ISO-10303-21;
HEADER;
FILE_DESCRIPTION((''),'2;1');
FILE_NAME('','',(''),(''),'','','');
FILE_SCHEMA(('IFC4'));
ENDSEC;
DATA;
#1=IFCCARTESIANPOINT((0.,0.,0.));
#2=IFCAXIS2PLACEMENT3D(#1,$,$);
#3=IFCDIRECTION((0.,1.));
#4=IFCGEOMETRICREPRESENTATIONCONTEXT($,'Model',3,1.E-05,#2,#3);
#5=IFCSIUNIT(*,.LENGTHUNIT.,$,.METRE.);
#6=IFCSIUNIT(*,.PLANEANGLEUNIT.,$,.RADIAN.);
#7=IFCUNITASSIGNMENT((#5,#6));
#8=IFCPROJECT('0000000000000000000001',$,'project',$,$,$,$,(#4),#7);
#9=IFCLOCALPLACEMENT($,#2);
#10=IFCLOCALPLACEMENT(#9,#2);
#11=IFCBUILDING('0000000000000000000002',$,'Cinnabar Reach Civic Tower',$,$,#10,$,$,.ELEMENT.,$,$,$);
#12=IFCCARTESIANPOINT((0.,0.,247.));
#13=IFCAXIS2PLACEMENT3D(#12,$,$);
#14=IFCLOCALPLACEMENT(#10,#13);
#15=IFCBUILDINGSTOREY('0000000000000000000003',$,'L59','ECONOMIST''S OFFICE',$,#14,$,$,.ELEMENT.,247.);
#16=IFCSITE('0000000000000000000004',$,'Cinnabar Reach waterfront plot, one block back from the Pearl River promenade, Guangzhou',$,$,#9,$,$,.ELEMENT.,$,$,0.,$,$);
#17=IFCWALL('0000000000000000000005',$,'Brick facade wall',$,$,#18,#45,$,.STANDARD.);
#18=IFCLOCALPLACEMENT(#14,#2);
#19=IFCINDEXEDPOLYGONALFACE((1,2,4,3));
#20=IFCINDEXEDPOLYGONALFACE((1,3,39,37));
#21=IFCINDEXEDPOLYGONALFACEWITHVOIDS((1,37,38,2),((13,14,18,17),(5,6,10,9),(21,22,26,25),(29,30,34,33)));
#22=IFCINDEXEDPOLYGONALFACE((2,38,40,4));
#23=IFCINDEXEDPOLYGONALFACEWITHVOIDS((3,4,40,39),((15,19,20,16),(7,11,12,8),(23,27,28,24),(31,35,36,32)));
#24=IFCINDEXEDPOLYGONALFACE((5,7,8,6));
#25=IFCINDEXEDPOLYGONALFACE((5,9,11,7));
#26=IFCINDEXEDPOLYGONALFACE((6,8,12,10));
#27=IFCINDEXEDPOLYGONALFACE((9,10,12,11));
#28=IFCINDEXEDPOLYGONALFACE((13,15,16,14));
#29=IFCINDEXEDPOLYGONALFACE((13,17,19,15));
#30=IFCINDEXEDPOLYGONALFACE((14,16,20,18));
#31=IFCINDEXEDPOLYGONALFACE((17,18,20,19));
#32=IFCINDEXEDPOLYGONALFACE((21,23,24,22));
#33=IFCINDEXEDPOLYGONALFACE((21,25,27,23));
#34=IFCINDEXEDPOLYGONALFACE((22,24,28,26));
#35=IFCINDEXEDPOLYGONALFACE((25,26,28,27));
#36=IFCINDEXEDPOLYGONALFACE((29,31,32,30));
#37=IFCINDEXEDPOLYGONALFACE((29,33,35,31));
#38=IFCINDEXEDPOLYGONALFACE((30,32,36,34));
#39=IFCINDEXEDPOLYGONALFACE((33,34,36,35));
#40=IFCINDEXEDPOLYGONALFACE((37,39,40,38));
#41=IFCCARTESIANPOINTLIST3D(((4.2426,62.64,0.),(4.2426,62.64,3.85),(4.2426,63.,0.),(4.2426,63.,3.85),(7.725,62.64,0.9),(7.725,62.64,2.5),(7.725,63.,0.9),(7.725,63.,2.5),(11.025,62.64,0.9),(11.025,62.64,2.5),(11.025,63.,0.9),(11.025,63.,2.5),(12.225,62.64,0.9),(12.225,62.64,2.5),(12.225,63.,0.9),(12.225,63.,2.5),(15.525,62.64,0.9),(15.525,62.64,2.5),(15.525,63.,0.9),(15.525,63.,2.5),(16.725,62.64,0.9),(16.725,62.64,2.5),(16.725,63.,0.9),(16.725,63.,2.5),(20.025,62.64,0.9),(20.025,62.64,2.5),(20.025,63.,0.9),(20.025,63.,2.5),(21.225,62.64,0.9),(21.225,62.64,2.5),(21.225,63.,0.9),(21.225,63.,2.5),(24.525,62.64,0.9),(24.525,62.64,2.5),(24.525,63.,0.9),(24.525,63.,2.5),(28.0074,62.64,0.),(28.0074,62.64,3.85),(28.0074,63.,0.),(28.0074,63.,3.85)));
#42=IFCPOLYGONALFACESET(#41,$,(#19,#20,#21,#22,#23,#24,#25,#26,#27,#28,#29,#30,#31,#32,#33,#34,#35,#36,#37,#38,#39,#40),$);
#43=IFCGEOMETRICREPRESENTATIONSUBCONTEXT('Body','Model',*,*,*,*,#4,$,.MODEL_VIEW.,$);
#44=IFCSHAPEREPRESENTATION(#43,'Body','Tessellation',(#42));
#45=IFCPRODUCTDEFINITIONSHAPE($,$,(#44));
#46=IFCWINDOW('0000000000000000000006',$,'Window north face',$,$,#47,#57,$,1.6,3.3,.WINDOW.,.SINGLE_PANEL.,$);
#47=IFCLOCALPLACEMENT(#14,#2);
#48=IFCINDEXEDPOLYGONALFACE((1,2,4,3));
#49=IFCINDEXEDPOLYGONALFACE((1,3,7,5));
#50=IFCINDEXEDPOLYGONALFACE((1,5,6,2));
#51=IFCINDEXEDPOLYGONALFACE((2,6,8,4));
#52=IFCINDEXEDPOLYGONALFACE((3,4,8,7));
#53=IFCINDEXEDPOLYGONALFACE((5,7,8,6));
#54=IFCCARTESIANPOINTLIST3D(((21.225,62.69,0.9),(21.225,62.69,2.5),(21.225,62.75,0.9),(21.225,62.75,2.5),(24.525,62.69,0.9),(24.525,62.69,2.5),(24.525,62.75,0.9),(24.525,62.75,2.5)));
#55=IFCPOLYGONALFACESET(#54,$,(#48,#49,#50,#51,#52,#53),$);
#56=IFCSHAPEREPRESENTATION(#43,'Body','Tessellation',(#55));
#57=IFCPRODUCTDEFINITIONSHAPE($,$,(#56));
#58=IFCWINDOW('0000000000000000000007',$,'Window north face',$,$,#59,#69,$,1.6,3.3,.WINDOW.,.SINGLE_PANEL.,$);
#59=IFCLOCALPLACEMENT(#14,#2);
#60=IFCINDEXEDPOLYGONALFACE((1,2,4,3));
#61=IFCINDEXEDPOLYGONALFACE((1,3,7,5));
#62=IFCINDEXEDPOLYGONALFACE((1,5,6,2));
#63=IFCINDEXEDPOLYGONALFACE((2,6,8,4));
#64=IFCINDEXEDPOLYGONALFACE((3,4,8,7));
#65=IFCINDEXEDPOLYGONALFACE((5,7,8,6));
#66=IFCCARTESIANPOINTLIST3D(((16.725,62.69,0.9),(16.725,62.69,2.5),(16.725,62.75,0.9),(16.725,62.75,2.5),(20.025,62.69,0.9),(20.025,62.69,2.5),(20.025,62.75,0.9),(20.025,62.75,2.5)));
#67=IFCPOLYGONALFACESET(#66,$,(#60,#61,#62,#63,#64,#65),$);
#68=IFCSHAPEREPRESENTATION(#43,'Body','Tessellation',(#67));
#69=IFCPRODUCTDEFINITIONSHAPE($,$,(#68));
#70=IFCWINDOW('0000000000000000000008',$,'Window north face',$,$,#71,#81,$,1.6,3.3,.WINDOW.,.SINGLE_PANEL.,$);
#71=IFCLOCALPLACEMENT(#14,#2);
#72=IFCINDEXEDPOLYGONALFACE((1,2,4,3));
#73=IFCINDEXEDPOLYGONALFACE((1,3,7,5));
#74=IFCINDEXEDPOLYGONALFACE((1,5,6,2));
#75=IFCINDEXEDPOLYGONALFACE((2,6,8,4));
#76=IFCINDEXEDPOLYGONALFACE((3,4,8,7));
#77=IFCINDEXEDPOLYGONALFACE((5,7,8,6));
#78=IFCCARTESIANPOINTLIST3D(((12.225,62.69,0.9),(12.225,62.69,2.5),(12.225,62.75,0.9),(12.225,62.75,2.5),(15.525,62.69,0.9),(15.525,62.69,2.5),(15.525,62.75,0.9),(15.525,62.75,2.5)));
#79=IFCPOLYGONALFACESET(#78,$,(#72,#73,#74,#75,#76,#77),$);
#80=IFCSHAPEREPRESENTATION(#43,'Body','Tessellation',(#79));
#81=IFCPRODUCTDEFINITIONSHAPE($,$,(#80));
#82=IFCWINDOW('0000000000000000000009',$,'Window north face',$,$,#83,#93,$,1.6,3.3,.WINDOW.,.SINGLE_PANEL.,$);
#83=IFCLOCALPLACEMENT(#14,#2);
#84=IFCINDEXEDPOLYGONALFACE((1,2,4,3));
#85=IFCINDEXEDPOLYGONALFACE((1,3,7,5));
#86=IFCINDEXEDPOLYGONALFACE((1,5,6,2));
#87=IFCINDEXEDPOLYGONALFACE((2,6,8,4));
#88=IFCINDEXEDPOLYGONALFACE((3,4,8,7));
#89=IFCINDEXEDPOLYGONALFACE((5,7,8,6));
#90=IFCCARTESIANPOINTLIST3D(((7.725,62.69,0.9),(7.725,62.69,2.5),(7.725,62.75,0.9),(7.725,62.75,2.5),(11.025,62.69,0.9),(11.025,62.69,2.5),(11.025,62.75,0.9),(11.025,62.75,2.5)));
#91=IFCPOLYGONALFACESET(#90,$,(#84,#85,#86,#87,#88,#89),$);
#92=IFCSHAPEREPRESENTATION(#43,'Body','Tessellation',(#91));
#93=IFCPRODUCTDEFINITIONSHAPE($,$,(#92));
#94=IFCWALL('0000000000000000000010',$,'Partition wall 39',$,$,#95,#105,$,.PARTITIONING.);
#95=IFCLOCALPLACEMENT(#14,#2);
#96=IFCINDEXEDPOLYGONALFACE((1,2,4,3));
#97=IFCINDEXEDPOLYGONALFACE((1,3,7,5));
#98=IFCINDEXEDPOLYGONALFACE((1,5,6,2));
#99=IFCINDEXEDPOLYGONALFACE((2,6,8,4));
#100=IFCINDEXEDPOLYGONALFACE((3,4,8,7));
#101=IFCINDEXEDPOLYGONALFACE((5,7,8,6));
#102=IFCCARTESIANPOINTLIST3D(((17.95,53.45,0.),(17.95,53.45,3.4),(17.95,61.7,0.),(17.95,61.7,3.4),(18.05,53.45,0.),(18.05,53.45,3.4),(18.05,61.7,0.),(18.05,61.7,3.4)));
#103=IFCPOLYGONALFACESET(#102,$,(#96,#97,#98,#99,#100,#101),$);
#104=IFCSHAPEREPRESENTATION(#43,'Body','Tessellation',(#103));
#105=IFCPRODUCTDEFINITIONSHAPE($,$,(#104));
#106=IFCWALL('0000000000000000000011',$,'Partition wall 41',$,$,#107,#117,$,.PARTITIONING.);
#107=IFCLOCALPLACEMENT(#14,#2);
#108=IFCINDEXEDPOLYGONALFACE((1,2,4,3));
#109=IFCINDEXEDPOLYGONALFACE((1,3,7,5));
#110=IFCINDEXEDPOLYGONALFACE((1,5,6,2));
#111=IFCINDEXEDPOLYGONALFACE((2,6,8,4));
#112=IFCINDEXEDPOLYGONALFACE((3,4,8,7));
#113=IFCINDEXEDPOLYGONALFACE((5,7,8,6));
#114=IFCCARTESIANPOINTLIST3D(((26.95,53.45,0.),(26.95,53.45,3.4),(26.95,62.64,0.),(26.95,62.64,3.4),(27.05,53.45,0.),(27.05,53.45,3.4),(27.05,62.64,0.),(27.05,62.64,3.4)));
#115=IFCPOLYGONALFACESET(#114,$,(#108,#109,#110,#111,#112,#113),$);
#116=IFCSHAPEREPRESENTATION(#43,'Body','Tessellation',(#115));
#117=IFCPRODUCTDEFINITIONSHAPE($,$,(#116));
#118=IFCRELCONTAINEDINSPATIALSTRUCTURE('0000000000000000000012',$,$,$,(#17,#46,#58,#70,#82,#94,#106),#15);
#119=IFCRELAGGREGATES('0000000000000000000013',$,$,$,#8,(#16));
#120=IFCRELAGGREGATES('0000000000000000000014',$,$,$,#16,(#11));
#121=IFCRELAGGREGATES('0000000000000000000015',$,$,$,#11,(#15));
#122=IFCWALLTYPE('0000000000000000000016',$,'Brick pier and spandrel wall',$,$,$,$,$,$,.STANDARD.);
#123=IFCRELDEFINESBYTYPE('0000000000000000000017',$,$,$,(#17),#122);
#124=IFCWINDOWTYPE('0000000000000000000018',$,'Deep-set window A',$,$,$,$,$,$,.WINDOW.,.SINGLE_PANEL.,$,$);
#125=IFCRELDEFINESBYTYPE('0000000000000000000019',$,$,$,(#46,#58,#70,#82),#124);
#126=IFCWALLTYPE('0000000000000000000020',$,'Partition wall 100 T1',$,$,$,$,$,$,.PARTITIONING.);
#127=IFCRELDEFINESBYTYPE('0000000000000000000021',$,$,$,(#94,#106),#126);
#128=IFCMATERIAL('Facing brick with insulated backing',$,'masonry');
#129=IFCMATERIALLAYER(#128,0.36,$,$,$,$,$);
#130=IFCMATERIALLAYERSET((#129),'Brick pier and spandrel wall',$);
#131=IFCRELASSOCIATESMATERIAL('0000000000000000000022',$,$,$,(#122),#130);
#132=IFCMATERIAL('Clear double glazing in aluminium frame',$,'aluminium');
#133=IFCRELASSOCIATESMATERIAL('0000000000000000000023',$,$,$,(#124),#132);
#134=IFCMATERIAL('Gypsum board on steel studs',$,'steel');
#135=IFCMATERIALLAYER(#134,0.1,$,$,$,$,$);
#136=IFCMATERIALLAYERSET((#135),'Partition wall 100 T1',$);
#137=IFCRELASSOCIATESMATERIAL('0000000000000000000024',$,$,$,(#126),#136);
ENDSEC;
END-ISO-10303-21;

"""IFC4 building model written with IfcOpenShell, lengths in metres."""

from ifc_helpers import new_model, si_unit, direction, frame, frame_2d, origin, place, context, subcontext, project, spatial, rectangle, extrude, material, layer, layer_set, type_object, element, fill, save


model = new_model("IFC4")

# Units and contexts
model_context = context("Model", 3, precision=1e-05, world=origin(), true_north=direction((0.0, 1.0)))
body_context = subcontext(model_context, "Body", "Model", "MODEL_VIEW")
ifc_project = project(units=[si_unit("LENGTHUNIT", "METRE"), si_unit("PLANEANGLEUNIT", "RADIAN")], contexts=[model_context])

# Site, building, storey
site_placement = place(None, origin())
site = spatial("IfcSite", under=ifc_project, at=site_placement, Name="Cinnabar Reach waterfront plot, one block back from the Pearl River promenade, Guangzhou", CompositionType="ELEMENT", RefElevation=0.0)
building_placement = place(site_placement, origin())
building = spatial("IfcBuilding", under=site, at=building_placement, Name="Cinnabar Reach Civic Tower", CompositionType="ELEMENT")
storey_placement = place(building_placement, frame((0.0, 0.0, 247.0)))
storey = spatial("IfcBuildingStorey", under=building, at=storey_placement, Name="L59", Description="ECONOMIST'S OFFICE", CompositionType="ELEMENT", Elevation=247.0)

# Shared definitions
ifc_material_1 = material(Name="Facing brick with insulated backing", Category="masonry")

# Wall, openings, windows
ifc_layer_1 = layer(ifc_material_1, 0.36)
ifc_layer_set_1 = layer_set([ifc_layer_1], Name="Brick pier and spandrel wall")
wall_type_1 = type_object("IfcWallType", Name="Brick pier and spandrel wall", PredefinedType="STANDARD", material=ifc_layer_set_1)
wall_1_placement = place(storey_placement, frame((28.0074, 62.82, 0.0), z_axis=(0.0, 0.0, 1.0), x_axis=(-1.0, 0.0, 0.0)))
wall_1 = element("IfcWall", 1, at=wall_1_placement, inside=storey, type_object=wall_type_1, Name="Brick facade wall", PredefinedType="STANDARD", context=body_context, shape_type="SweptSolid", body=[
    extrude(rectangle(XDim=23.7648, YDim=0.36, at=frame_2d((11.8824, 0.0))), origin(), (0.0, 0.0, 1.0), 3.85),
])
opening_1_placement = place(wall_1_placement, frame((3.4824, 0.0, 0.9)))
opening_1 = element("IfcOpeningElement", 2, at=opening_1_placement, cuts=wall_1, PredefinedType="OPENING", context=body_context, shape_type="SweptSolid", body=[
    extrude(rectangle(XDim=3.3, YDim=1.6, at=frame_2d((1.65, 0.8))), frame((0.0, 0.19, 0.0), z_axis=(0.0, -1.0, 0.0), x_axis=(1.0, 0.0, 0.0)), (0.0, 0.0, 1.0), 0.38),
])
opening_2_placement = place(wall_1_placement, frame((7.9824, 0.0, 0.9)))
opening_2 = element("IfcOpeningElement", 3, at=opening_2_placement, cuts=wall_1, PredefinedType="OPENING", context=body_context, shape_type="SweptSolid", body=[
    extrude(rectangle(XDim=3.3, YDim=1.6, at=frame_2d((1.65, 0.8))), frame((0.0, 0.19, 0.0), z_axis=(0.0, -1.0, 0.0), x_axis=(1.0, 0.0, 0.0)), (0.0, 0.0, 1.0), 0.38),
])
opening_3_placement = place(wall_1_placement, frame((12.4824, 0.0, 0.9)))
opening_3 = element("IfcOpeningElement", 4, at=opening_3_placement, cuts=wall_1, PredefinedType="OPENING", context=body_context, shape_type="SweptSolid", body=[
    extrude(rectangle(XDim=3.3, YDim=1.6, at=frame_2d((1.65, 0.8))), frame((0.0, 0.19, 0.0), z_axis=(0.0, -1.0, 0.0), x_axis=(1.0, 0.0, 0.0)), (0.0, 0.0, 1.0), 0.38),
])
opening_4_placement = place(wall_1_placement, frame((16.9824, 0.0, 0.9)))
opening_4 = element("IfcOpeningElement", 5, at=opening_4_placement, cuts=wall_1, PredefinedType="OPENING", context=body_context, shape_type="SweptSolid", body=[
    extrude(rectangle(XDim=3.3, YDim=1.6, at=frame_2d((1.65, 0.8))), frame((0.0, 0.19, 0.0), z_axis=(0.0, -1.0, 0.0), x_axis=(1.0, 0.0, 0.0)), (0.0, 0.0, 1.0), 0.38),
])
ifc_material_2 = material(Name="Clear double glazing in aluminium frame", Category="aluminium")
window_type = type_object("IfcWindowType", Name="Deep-set window A", PartitioningType="SINGLE_PANEL", PredefinedType="WINDOW", material=ifc_material_2)
window_1_placement = place(opening_1_placement, origin())
window_1 = element("IfcWindow", 6, at=window_1_placement, inside=storey, type_object=window_type, Name="Window north face", OverallHeight=1.6, OverallWidth=3.3, PartitioningType="SINGLE_PANEL", PredefinedType="WINDOW", context=body_context, shape_type="SweptSolid", body=[
    extrude(rectangle(XDim=3.3, YDim=1.6, at=frame_2d((1.65, 0.8))), frame((0.0, 0.13, 0.0), z_axis=(0.0, -1.0, 0.0), x_axis=(1.0, 0.0, 0.0)), (0.0, 0.0, 1.0), 0.06),
])
fill(opening_1, window_1)
window_2_placement = place(opening_2_placement, origin())
window_2 = element("IfcWindow", 7, at=window_2_placement, inside=storey, type_object=window_type, Name="Window north face", OverallHeight=1.6, OverallWidth=3.3, PartitioningType="SINGLE_PANEL", PredefinedType="WINDOW", context=body_context, shape_type="SweptSolid", body=[
    extrude(rectangle(XDim=3.3, YDim=1.6, at=frame_2d((1.65, 0.8))), frame((0.0, 0.13, 0.0), z_axis=(0.0, -1.0, 0.0), x_axis=(1.0, 0.0, 0.0)), (0.0, 0.0, 1.0), 0.06),
])
fill(opening_2, window_2)
window_3_placement = place(opening_3_placement, origin())
window_3 = element("IfcWindow", 8, at=window_3_placement, inside=storey, type_object=window_type, Name="Window north face", OverallHeight=1.6, OverallWidth=3.3, PartitioningType="SINGLE_PANEL", PredefinedType="WINDOW", context=body_context, shape_type="SweptSolid", body=[
    extrude(rectangle(XDim=3.3, YDim=1.6, at=frame_2d((1.65, 0.8))), frame((0.0, 0.13, 0.0), z_axis=(0.0, -1.0, 0.0), x_axis=(1.0, 0.0, 0.0)), (0.0, 0.0, 1.0), 0.06),
])
fill(opening_3, window_3)
window_4_placement = place(opening_4_placement, origin())
window_4 = element("IfcWindow", 9, at=window_4_placement, inside=storey, type_object=window_type, Name="Window north face", OverallHeight=1.6, OverallWidth=3.3, PartitioningType="SINGLE_PANEL", PredefinedType="WINDOW", context=body_context, shape_type="SweptSolid", body=[
    extrude(rectangle(XDim=3.3, YDim=1.6, at=frame_2d((1.65, 0.8))), frame((0.0, 0.13, 0.0), z_axis=(0.0, -1.0, 0.0), x_axis=(1.0, 0.0, 0.0)), (0.0, 0.0, 1.0), 0.06),
])
fill(opening_4, window_4)

# Walls
ifc_material_3 = material(Name="Gypsum board on steel studs", Category="steel")
ifc_layer_2 = layer(ifc_material_3, 0.1)
ifc_layer_set_2 = layer_set([ifc_layer_2], Name="Partition wall 100 T1")
wall_type_2 = type_object("IfcWallType", Name="Partition wall 100 T1", PredefinedType="PARTITIONING", material=ifc_layer_set_2)
wall_2_placement = place(storey_placement, frame((18.0, 53.45, 0.0), z_axis=(0.0, 0.0, 1.0), x_axis=(0.0, 1.0, 0.0)))
element("IfcWall", 10, at=wall_2_placement, inside=storey, type_object=wall_type_2, Name="Partition wall 39", PredefinedType="PARTITIONING", context=body_context, shape_type="SweptSolid", body=[
    extrude(rectangle(XDim=8.25, YDim=0.1, at=frame_2d((4.125, 0.0))), origin(), (0.0, 0.0, 1.0), 3.4),
])
wall_3_placement = place(storey_placement, frame((27.0, 53.45, 0.0), z_axis=(0.0, 0.0, 1.0), x_axis=(0.0, 1.0, 0.0)))
element("IfcWall", 11, at=wall_3_placement, inside=storey, type_object=wall_type_2, Name="Partition wall 41", PredefinedType="PARTITIONING", context=body_context, shape_type="SweptSolid", body=[
    extrude(rectangle(XDim=9.19, YDim=0.1, at=frame_2d((4.595, 0.0))), origin(), (0.0, 0.0, 1.0), 3.4),
])

save(model, "model.ifc")
